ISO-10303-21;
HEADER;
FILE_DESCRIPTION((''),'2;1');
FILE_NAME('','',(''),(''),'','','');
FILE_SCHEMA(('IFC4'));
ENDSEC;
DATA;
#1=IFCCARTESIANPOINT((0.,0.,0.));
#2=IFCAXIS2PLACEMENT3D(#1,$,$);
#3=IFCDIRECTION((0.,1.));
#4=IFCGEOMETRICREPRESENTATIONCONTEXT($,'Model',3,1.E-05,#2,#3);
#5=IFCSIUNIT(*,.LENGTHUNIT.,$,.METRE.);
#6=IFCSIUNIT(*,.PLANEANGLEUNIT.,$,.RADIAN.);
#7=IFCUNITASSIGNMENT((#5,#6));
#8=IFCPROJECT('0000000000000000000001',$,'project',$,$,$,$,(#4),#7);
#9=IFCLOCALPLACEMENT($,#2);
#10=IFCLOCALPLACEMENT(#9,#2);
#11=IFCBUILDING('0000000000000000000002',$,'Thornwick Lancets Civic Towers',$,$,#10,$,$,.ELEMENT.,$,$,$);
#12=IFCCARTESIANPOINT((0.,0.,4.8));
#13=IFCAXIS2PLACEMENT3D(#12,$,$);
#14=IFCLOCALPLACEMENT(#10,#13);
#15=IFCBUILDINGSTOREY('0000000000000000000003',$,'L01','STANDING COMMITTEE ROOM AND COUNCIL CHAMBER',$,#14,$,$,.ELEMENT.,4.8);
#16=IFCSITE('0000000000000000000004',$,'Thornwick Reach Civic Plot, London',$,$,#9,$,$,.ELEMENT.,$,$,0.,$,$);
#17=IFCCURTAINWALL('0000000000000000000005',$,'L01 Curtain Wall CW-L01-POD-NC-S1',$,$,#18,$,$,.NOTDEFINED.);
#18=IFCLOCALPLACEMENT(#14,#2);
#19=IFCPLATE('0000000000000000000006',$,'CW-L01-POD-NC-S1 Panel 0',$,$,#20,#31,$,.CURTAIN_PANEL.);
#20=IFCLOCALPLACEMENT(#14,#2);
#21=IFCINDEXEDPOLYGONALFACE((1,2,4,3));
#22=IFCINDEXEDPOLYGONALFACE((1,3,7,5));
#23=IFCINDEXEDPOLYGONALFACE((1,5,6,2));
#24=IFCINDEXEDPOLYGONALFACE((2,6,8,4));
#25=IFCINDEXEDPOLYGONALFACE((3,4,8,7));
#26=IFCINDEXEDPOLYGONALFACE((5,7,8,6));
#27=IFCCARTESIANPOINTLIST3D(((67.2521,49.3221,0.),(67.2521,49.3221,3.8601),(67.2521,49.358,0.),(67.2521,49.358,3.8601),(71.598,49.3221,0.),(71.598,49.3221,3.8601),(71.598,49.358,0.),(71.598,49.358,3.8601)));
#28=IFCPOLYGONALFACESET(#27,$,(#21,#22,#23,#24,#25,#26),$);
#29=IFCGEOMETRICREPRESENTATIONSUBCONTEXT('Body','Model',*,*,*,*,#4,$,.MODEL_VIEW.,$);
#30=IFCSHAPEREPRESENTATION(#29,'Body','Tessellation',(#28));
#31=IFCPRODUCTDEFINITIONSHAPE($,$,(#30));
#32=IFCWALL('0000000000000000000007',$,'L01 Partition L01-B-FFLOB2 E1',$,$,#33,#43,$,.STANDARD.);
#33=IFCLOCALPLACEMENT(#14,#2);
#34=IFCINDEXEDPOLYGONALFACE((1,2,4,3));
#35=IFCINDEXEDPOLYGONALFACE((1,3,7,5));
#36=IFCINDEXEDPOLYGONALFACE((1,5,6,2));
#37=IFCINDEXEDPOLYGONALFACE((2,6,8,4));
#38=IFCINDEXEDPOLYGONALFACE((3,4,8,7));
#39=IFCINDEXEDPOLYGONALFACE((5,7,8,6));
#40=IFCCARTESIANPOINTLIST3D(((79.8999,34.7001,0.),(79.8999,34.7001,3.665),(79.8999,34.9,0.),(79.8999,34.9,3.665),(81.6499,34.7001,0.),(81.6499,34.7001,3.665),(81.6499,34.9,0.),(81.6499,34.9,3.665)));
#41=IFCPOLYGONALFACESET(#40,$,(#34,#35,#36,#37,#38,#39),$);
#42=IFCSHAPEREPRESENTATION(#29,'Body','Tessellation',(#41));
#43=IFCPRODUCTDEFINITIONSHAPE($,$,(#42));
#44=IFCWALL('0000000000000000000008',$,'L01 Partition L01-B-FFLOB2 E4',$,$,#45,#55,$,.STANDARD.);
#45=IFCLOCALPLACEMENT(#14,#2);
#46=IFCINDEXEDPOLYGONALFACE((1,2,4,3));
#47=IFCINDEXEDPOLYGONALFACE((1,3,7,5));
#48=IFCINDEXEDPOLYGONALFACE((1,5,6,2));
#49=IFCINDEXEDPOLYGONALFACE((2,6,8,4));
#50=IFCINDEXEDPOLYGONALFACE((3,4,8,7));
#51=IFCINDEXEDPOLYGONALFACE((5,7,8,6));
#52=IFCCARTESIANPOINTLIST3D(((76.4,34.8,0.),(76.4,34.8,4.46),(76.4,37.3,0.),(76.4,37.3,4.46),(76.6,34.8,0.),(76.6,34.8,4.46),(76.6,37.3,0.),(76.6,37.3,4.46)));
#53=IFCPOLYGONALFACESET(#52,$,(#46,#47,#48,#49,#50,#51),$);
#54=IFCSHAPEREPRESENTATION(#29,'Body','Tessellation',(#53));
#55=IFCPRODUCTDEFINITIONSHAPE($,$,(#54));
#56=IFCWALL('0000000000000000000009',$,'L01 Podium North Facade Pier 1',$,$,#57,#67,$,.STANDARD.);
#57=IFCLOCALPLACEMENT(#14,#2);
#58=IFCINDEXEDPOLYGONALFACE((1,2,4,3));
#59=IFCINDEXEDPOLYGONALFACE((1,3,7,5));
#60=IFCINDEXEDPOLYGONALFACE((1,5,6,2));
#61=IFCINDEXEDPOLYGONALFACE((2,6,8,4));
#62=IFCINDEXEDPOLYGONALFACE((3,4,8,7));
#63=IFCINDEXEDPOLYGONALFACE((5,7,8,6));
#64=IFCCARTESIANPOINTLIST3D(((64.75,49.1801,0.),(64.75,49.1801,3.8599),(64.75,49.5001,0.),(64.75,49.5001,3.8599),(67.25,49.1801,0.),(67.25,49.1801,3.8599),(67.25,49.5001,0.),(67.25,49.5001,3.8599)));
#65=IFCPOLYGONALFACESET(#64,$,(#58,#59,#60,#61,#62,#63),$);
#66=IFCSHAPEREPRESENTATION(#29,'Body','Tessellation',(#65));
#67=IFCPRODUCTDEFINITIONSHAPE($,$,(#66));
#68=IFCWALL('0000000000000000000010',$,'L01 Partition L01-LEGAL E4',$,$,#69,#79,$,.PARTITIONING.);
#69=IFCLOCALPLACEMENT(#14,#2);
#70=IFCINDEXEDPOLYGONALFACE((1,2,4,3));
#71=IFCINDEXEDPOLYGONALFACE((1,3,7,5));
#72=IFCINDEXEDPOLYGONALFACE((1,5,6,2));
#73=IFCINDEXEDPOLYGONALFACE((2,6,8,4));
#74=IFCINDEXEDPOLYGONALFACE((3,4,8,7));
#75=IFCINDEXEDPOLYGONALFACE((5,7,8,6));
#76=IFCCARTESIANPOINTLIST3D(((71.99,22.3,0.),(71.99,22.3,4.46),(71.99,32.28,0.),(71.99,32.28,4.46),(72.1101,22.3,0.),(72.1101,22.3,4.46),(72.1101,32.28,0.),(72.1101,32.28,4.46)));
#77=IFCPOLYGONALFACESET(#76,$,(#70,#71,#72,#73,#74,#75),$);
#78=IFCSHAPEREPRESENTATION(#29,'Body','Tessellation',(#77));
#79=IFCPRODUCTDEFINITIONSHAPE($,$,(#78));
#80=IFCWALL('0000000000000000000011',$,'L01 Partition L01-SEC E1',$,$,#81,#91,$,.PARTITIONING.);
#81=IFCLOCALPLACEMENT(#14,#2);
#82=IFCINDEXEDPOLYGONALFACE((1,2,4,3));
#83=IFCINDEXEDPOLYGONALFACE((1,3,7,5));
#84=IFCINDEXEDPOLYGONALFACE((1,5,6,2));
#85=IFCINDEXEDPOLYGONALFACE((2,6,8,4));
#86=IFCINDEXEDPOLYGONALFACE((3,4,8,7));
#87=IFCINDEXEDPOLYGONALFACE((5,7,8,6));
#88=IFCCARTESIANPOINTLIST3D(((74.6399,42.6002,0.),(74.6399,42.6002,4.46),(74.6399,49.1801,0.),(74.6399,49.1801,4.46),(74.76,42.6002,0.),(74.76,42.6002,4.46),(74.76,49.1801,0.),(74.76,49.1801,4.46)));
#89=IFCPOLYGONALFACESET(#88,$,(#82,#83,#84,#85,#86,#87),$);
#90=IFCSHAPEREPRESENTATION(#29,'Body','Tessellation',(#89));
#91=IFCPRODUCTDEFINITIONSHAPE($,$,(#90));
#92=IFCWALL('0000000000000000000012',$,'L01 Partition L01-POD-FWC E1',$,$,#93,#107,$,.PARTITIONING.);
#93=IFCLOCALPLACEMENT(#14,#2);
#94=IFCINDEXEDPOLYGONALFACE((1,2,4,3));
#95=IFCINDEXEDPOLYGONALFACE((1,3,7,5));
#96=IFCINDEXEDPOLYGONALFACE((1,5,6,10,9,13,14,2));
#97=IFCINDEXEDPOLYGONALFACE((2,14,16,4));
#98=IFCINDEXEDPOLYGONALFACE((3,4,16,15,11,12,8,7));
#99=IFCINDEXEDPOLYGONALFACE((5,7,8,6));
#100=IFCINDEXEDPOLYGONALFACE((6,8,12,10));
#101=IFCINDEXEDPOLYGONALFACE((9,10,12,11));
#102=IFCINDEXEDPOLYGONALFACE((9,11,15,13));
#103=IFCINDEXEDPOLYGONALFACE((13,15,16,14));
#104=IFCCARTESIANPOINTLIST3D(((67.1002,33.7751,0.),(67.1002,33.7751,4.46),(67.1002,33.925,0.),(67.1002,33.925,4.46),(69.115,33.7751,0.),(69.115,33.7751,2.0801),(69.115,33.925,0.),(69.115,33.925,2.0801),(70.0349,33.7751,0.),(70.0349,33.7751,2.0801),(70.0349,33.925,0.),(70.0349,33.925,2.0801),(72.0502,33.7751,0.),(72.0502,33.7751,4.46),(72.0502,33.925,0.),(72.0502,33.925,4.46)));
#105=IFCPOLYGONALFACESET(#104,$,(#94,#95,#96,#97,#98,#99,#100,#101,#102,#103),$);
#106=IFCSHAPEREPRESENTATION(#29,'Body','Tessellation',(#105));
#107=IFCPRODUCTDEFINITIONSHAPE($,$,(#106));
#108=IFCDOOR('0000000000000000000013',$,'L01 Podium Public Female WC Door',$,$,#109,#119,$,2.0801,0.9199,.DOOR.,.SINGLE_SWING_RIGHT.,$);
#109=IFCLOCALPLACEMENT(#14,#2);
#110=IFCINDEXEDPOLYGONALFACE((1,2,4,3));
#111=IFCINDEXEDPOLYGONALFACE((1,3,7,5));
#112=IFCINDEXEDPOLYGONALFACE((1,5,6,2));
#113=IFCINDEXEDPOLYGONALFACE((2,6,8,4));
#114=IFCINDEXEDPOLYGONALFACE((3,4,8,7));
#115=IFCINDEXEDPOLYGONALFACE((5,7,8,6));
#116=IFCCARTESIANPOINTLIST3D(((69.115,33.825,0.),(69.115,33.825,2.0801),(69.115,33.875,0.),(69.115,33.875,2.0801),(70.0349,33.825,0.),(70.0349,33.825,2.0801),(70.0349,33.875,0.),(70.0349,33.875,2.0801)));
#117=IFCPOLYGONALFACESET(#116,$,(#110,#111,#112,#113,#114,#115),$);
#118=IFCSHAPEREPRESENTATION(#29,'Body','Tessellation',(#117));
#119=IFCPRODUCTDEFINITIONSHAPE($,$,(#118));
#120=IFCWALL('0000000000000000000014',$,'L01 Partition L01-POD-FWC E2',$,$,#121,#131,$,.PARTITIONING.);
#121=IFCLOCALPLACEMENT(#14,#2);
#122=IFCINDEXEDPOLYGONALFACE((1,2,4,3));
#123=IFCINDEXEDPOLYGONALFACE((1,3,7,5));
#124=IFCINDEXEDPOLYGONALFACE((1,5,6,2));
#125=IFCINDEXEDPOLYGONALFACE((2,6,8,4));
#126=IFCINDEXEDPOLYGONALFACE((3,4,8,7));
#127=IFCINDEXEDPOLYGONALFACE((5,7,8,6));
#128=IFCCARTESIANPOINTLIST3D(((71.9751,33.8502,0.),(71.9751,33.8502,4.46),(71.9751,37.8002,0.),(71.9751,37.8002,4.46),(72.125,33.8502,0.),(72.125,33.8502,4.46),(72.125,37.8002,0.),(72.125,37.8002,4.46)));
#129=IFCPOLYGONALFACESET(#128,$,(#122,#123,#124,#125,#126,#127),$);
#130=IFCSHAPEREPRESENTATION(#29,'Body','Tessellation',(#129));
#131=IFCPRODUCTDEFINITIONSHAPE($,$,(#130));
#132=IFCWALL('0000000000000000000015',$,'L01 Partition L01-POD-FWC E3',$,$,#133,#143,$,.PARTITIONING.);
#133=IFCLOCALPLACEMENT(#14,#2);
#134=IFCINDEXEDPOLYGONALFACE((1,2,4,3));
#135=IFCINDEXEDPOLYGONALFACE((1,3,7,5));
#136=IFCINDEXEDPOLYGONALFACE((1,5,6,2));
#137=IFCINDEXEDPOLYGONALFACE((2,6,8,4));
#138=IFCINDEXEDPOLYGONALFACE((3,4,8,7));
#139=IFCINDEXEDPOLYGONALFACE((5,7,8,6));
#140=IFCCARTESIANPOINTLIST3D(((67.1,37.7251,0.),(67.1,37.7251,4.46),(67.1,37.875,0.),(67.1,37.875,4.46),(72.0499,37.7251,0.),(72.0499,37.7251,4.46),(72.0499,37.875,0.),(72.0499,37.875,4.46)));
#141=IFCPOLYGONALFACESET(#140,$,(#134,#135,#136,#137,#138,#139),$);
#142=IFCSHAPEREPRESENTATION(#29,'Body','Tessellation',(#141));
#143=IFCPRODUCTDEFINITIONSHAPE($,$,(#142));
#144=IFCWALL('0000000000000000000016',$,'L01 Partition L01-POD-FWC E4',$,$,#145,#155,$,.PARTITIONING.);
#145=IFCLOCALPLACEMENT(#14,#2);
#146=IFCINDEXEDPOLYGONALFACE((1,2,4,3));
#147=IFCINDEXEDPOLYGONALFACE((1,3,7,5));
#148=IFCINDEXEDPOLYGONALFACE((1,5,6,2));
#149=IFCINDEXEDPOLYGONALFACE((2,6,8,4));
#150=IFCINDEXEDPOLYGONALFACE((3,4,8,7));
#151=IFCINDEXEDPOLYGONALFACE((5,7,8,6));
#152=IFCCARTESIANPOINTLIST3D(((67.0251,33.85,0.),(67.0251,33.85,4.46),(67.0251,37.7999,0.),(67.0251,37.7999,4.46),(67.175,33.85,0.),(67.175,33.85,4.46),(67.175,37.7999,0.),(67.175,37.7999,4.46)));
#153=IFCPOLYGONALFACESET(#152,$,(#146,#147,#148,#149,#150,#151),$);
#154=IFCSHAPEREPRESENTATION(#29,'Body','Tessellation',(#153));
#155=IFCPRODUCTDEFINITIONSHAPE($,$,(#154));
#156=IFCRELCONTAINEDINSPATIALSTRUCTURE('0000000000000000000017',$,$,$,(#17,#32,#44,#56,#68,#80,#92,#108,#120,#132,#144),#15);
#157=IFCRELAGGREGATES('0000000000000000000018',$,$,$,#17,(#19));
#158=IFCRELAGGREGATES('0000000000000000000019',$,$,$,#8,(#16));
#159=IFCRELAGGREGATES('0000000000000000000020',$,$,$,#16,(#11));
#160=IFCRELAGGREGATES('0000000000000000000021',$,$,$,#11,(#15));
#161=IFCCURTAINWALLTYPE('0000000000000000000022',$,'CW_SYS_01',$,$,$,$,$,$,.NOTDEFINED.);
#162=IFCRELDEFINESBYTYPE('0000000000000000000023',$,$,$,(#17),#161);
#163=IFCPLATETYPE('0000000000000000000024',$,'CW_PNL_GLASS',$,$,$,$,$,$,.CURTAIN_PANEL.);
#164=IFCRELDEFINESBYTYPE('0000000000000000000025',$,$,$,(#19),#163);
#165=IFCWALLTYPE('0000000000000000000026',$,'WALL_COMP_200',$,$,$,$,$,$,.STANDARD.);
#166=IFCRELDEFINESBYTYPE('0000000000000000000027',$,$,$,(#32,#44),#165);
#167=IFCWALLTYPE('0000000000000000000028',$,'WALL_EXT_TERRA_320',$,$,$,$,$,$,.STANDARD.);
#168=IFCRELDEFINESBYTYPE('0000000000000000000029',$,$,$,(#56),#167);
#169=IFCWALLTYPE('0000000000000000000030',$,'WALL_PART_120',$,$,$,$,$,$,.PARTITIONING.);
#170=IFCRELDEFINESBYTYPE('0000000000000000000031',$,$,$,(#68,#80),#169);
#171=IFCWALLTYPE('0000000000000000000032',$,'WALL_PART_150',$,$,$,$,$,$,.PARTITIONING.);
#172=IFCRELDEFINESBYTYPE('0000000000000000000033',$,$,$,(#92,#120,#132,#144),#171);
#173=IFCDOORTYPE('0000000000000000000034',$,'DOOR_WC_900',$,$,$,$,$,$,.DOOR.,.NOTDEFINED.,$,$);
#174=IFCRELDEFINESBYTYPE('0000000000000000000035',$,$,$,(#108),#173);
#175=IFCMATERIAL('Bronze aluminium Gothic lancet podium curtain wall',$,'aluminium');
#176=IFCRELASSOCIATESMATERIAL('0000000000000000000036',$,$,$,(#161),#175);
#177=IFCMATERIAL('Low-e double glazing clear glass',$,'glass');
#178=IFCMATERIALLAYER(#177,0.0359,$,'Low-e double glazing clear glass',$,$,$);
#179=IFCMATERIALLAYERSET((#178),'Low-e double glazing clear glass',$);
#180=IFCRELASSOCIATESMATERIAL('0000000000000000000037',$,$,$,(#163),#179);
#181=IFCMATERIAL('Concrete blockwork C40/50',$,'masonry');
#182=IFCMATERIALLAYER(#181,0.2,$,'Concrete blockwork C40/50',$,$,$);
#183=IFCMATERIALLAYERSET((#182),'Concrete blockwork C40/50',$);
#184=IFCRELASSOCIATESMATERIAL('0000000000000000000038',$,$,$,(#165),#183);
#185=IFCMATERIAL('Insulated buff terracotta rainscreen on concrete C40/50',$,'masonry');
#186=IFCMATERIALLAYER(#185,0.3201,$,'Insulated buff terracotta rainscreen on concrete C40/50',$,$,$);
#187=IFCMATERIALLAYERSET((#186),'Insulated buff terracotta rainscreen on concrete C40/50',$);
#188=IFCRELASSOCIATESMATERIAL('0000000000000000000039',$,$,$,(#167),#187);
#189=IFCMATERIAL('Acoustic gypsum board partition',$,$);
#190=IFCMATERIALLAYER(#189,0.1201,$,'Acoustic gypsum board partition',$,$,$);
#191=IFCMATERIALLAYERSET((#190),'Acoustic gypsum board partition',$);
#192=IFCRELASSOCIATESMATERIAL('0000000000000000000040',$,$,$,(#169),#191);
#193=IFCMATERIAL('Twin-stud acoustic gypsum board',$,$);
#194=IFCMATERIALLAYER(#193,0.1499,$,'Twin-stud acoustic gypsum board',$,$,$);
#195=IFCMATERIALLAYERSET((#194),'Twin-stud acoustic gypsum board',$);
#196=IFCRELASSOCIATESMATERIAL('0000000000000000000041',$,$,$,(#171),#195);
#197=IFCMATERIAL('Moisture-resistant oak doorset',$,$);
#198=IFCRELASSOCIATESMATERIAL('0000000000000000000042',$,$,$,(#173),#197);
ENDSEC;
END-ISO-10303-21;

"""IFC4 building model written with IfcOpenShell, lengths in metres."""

from ifc_helpers import new_model, si_unit, direction, frame, frame_2d, origin, origin_2d, place, context, subcontext, project, spatial, rectangle, extrude, material, layer, layer_set, type_object, element, fill, aggregate, save


model = new_model("IFC4")

# Units and contexts
model_context = context("Model", 3, precision=1e-05, world=origin(), true_north=direction((0.0, 1.0)))
body_context = subcontext(model_context, "Body", "Model", "MODEL_VIEW")
ifc_project = project(units=[si_unit("LENGTHUNIT", "METRE"), si_unit("PLANEANGLEUNIT", "RADIAN")], contexts=[model_context])

# Site, building, storey
site_placement = place(None, origin())
site = spatial("IfcSite", under=ifc_project, at=site_placement, Name="Thornwick Reach Civic Plot, London", CompositionType="ELEMENT", RefElevation=0.0)
building_placement = place(site_placement, origin())
building = spatial("IfcBuilding", under=site, at=building_placement, Name="Thornwick Lancets Civic Towers", CompositionType="ELEMENT")
storey_placement = place(building_placement, frame((0.0, 0.0, 4.8)))
storey = spatial("IfcBuildingStorey", under=building, at=storey_placement, Name="L01", Description="STANDING COMMITTEE ROOM AND COUNCIL CHAMBER", CompositionType="ELEMENT", Elevation=4.8)

# Curtain wall
ifc_material_1 = material(Name="Bronze aluminium Gothic lancet podium curtain wall", Category="aluminium")
curtain_wall_type = type_object("IfcCurtainWallType", Name="CW_SYS_01", PredefinedType="NOTDEFINED", material=ifc_material_1)
curtain_wall_1_placement = place(storey_placement, origin())
curtain_wall_1 = element("IfcCurtainWall", 1, at=curtain_wall_1_placement, inside=storey, type_object=curtain_wall_type, Name="L01 Curtain Wall CW-L01-POD-NC-S1", PredefinedType="NOTDEFINED")

# Plate
ifc_material_2 = material(Name="Low-e double glazing clear glass", Category="glass")
ifc_layer_1 = layer(ifc_material_2, 0.0359, Name="Low-e double glazing clear glass")
ifc_layer_set_1 = layer_set([ifc_layer_1], Name="Low-e double glazing clear glass")
plate_type = type_object("IfcPlateType", Name="CW_PNL_GLASS", PredefinedType="CURTAIN_PANEL", material=ifc_layer_set_1)
plate_placement = place(storey_placement, frame((69.425, 49.3401, 0.0), z_axis=(0.0, 0.0, 1.0), x_axis=(-1.0, 0.0, 0.0)))
plate = element("IfcPlate", 2, at=plate_placement, type_object=plate_type, Name="CW-L01-POD-NC-S1 Panel 0", PredefinedType="CURTAIN_PANEL", context=body_context, shape_type="SweptSolid", body=[
    extrude(rectangle(XDim=4.3459, YDim=0.0359, at=origin_2d()), origin(), (0.0, 0.0, 1.0), 3.8601),
])
aggregate(curtain_wall_1, [plate])

# Walls
ifc_material_3 = material(Name="Concrete blockwork C40/50", Category="masonry")
ifc_layer_2 = layer(ifc_material_3, 0.2, Name="Concrete blockwork C40/50")
ifc_layer_set_2 = layer_set([ifc_layer_2], Name="Concrete blockwork C40/50")
wall_type_1 = type_object("IfcWallType", Name="WALL_COMP_200", PredefinedType="STANDARD", material=ifc_layer_set_2)
wall_1_placement = place(storey_placement, frame((79.8999, 34.8, 0.0), z_axis=(0.0, 0.0, 1.0), x_axis=(1.0, 0.0, 0.0)))
element("IfcWall", 3, at=wall_1_placement, inside=storey, type_object=wall_type_1, Name="L01 Partition L01-B-FFLOB2 E1", PredefinedType="STANDARD", context=body_context, shape_type="SweptSolid", body=[
    extrude(rectangle(XDim=1.75, YDim=0.2, at=frame_2d((0.875, 0.0))), origin(), (0.0, 0.0, 1.0), 3.665),
])
wall_2_placement = place(storey_placement, frame((76.5, 37.3, 0.0), z_axis=(0.0, 0.0, 1.0), x_axis=(0.0, -1.0, 0.0)))
element("IfcWall", 4, at=wall_2_placement, inside=storey, type_object=wall_type_1, Name="L01 Partition L01-B-FFLOB2 E4", PredefinedType="STANDARD", context=body_context, shape_type="SweptSolid", body=[
    extrude(rectangle(XDim=2.5, YDim=0.2, at=frame_2d((1.25, 0.0))), origin(), (0.0, 0.0, 1.0), 4.46),
])
ifc_material_4 = material(Name="Insulated buff terracotta rainscreen on concrete C40/50", Category="masonry")
ifc_layer_3 = layer(ifc_material_4, 0.3201, Name="Insulated buff terracotta rainscreen on concrete C40/50")
ifc_layer_set_3 = layer_set([ifc_layer_3], Name="Insulated buff terracotta rainscreen on concrete C40/50")
wall_type_2 = type_object("IfcWallType", Name="WALL_EXT_TERRA_320", PredefinedType="STANDARD", material=ifc_layer_set_3)
wall_3_placement = place(storey_placement, frame((67.25, 49.3401, 0.0), z_axis=(0.0, 0.0, 1.0), x_axis=(-1.0, 0.0, 0.0)))
element("IfcWall", 5, at=wall_3_placement, inside=storey, type_object=wall_type_2, Name="L01 Podium North Facade Pier 1", PredefinedType="STANDARD", context=body_context, shape_type="SweptSolid", body=[
    extrude(rectangle(XDim=2.5, YDim=0.3201, at=frame_2d((1.25, 0.0))), origin(), (0.0, 0.0, 1.0), 3.8599),
])
ifc_material_5 = material(Name="Acoustic gypsum board partition")
ifc_layer_4 = layer(ifc_material_5, 0.1201, Name="Acoustic gypsum board partition")
ifc_layer_set_4 = layer_set([ifc_layer_4], Name="Acoustic gypsum board partition")
wall_type_3 = type_object("IfcWallType", Name="WALL_PART_120", PredefinedType="PARTITIONING", material=ifc_layer_set_4)
wall_4_placement = place(storey_placement, frame((72.05, 32.28, 0.0), z_axis=(0.0, 0.0, 1.0), x_axis=(0.0, -1.0, 0.0)))
element("IfcWall", 6, at=wall_4_placement, inside=storey, type_object=wall_type_3, Name="L01 Partition L01-LEGAL E4", PredefinedType="PARTITIONING", context=body_context, shape_type="SweptSolid", body=[
    extrude(rectangle(XDim=9.98, YDim=0.1201, at=frame_2d((4.99, 0.0))), origin(), (0.0, 0.0, 1.0), 4.46),
])
wall_5_placement = place(storey_placement, frame((74.7, 42.6001, 0.0), z_axis=(0.0, 0.0, 1.0), x_axis=(0.0, 1.0, 0.0)))
element("IfcWall", 7, at=wall_5_placement, inside=storey, type_object=wall_type_3, Name="L01 Partition L01-SEC E1", PredefinedType="PARTITIONING", context=body_context, shape_type="SweptSolid", body=[
    extrude(rectangle(XDim=6.5798, YDim=0.1201, at=frame_2d((3.29, 0.0))), origin(), (0.0, 0.0, 1.0), 4.46),
])

# Wall, opening, door
ifc_material_6 = material(Name="Twin-stud acoustic gypsum board")
ifc_layer_5 = layer(ifc_material_6, 0.1499, Name="Twin-stud acoustic gypsum board")
ifc_layer_set_5 = layer_set([ifc_layer_5], Name="Twin-stud acoustic gypsum board")
wall_type_4 = type_object("IfcWallType", Name="WALL_PART_150", PredefinedType="PARTITIONING", material=ifc_layer_set_5)
wall_6_placement = place(storey_placement, frame((67.1001, 33.8501, 0.0), z_axis=(0.0, 0.0, 1.0), x_axis=(1.0, 0.0, 0.0)))
wall_6 = element("IfcWall", 8, at=wall_6_placement, inside=storey, type_object=wall_type_4, Name="L01 Partition L01-POD-FWC E1", PredefinedType="PARTITIONING", context=body_context, shape_type="SweptSolid", body=[
    extrude(rectangle(XDim=4.95, YDim=0.1499, at=frame_2d((2.4751, 0.0))), origin(), (0.0, 0.0, 1.0), 4.46),
])
opening_1_placement = place(wall_6_placement, frame((2.0149, 0.0, 0.0)))
opening_1 = element("IfcOpeningElement", 9, at=opening_1_placement, cuts=wall_6, PredefinedType="OPENING", context=body_context, shape_type="SweptSolid", body=[
    extrude(rectangle(XDim=0.9199, YDim=2.0801, at=frame_2d((0.46, 1.04))), frame((0.0, 0.085, 0.0), z_axis=(0.0, -1.0, 0.0), x_axis=(1.0, 0.0, 0.0)), (0.0, 0.0, 1.0), 0.1699),
])
ifc_material_7 = material(Name="Moisture-resistant oak doorset")
door_type_1 = type_object("IfcDoorType", Name="DOOR_WC_900", OperationType="NOTDEFINED", PredefinedType="DOOR", material=ifc_material_7)
door_1_placement = place(opening_1_placement, origin())
door_1 = element("IfcDoor", 10, at=door_1_placement, inside=storey, type_object=door_type_1, Name="L01 Podium Public Female WC Door", OperationType="SINGLE_SWING_RIGHT", OverallHeight=2.0801, OverallWidth=0.9199, PredefinedType="DOOR", context=body_context, shape_type="SweptSolid", body=[
    extrude(rectangle(XDim=0.9199, YDim=2.0801, at=frame_2d((0.46, 1.04))), frame((0.0, 0.0249, 0.0), z_axis=(0.0, -1.0, 0.0), x_axis=(1.0, 0.0, 0.0)), (0.0, 0.0, 1.0), 0.05),
])
fill(opening_1, door_1)

# Walls
wall_7_placement = place(storey_placement, frame((72.05, 33.8501, 0.0), z_axis=(0.0, 0.0, 1.0), x_axis=(0.0, 1.0, 0.0)))
element("IfcWall", 11, at=wall_7_placement, inside=storey, type_object=wall_type_4, Name="L01 Partition L01-POD-FWC E2", PredefinedType="PARTITIONING", context=body_context, shape_type="SweptSolid", body=[
    extrude(rectangle(XDim=3.95, YDim=0.1499, at=frame_2d((1.9751, 0.0))), origin(), (0.0, 0.0, 1.0), 4.46),
])
wall_8_placement = place(storey_placement, frame((72.05, 37.8, 0.0), z_axis=(0.0, 0.0, 1.0), x_axis=(-1.0, 0.0, 0.0)))
element("IfcWall", 12, at=wall_8_placement, inside=storey, type_object=wall_type_4, Name="L01 Partition L01-POD-FWC E3", PredefinedType="PARTITIONING", context=body_context, shape_type="SweptSolid", body=[
    extrude(rectangle(XDim=4.95, YDim=0.1499, at=frame_2d((2.4751, 0.0))), origin(), (0.0, 0.0, 1.0), 4.46),
])
wall_9_placement = place(storey_placement, frame((67.1001, 37.8, 0.0), z_axis=(0.0, 0.0, 1.0), x_axis=(0.0, -1.0, 0.0)))
element("IfcWall", 13, at=wall_9_placement, inside=storey, type_object=wall_type_4, Name="L01 Partition L01-POD-FWC E4", PredefinedType="PARTITIONING", context=body_context, shape_type="SweptSolid", body=[
    extrude(rectangle(XDim=3.95, YDim=0.1499, at=frame_2d((1.9751, 0.0))), origin(), (0.0, 0.0, 1.0), 4.46),
])

save(model, "model.ifc")
